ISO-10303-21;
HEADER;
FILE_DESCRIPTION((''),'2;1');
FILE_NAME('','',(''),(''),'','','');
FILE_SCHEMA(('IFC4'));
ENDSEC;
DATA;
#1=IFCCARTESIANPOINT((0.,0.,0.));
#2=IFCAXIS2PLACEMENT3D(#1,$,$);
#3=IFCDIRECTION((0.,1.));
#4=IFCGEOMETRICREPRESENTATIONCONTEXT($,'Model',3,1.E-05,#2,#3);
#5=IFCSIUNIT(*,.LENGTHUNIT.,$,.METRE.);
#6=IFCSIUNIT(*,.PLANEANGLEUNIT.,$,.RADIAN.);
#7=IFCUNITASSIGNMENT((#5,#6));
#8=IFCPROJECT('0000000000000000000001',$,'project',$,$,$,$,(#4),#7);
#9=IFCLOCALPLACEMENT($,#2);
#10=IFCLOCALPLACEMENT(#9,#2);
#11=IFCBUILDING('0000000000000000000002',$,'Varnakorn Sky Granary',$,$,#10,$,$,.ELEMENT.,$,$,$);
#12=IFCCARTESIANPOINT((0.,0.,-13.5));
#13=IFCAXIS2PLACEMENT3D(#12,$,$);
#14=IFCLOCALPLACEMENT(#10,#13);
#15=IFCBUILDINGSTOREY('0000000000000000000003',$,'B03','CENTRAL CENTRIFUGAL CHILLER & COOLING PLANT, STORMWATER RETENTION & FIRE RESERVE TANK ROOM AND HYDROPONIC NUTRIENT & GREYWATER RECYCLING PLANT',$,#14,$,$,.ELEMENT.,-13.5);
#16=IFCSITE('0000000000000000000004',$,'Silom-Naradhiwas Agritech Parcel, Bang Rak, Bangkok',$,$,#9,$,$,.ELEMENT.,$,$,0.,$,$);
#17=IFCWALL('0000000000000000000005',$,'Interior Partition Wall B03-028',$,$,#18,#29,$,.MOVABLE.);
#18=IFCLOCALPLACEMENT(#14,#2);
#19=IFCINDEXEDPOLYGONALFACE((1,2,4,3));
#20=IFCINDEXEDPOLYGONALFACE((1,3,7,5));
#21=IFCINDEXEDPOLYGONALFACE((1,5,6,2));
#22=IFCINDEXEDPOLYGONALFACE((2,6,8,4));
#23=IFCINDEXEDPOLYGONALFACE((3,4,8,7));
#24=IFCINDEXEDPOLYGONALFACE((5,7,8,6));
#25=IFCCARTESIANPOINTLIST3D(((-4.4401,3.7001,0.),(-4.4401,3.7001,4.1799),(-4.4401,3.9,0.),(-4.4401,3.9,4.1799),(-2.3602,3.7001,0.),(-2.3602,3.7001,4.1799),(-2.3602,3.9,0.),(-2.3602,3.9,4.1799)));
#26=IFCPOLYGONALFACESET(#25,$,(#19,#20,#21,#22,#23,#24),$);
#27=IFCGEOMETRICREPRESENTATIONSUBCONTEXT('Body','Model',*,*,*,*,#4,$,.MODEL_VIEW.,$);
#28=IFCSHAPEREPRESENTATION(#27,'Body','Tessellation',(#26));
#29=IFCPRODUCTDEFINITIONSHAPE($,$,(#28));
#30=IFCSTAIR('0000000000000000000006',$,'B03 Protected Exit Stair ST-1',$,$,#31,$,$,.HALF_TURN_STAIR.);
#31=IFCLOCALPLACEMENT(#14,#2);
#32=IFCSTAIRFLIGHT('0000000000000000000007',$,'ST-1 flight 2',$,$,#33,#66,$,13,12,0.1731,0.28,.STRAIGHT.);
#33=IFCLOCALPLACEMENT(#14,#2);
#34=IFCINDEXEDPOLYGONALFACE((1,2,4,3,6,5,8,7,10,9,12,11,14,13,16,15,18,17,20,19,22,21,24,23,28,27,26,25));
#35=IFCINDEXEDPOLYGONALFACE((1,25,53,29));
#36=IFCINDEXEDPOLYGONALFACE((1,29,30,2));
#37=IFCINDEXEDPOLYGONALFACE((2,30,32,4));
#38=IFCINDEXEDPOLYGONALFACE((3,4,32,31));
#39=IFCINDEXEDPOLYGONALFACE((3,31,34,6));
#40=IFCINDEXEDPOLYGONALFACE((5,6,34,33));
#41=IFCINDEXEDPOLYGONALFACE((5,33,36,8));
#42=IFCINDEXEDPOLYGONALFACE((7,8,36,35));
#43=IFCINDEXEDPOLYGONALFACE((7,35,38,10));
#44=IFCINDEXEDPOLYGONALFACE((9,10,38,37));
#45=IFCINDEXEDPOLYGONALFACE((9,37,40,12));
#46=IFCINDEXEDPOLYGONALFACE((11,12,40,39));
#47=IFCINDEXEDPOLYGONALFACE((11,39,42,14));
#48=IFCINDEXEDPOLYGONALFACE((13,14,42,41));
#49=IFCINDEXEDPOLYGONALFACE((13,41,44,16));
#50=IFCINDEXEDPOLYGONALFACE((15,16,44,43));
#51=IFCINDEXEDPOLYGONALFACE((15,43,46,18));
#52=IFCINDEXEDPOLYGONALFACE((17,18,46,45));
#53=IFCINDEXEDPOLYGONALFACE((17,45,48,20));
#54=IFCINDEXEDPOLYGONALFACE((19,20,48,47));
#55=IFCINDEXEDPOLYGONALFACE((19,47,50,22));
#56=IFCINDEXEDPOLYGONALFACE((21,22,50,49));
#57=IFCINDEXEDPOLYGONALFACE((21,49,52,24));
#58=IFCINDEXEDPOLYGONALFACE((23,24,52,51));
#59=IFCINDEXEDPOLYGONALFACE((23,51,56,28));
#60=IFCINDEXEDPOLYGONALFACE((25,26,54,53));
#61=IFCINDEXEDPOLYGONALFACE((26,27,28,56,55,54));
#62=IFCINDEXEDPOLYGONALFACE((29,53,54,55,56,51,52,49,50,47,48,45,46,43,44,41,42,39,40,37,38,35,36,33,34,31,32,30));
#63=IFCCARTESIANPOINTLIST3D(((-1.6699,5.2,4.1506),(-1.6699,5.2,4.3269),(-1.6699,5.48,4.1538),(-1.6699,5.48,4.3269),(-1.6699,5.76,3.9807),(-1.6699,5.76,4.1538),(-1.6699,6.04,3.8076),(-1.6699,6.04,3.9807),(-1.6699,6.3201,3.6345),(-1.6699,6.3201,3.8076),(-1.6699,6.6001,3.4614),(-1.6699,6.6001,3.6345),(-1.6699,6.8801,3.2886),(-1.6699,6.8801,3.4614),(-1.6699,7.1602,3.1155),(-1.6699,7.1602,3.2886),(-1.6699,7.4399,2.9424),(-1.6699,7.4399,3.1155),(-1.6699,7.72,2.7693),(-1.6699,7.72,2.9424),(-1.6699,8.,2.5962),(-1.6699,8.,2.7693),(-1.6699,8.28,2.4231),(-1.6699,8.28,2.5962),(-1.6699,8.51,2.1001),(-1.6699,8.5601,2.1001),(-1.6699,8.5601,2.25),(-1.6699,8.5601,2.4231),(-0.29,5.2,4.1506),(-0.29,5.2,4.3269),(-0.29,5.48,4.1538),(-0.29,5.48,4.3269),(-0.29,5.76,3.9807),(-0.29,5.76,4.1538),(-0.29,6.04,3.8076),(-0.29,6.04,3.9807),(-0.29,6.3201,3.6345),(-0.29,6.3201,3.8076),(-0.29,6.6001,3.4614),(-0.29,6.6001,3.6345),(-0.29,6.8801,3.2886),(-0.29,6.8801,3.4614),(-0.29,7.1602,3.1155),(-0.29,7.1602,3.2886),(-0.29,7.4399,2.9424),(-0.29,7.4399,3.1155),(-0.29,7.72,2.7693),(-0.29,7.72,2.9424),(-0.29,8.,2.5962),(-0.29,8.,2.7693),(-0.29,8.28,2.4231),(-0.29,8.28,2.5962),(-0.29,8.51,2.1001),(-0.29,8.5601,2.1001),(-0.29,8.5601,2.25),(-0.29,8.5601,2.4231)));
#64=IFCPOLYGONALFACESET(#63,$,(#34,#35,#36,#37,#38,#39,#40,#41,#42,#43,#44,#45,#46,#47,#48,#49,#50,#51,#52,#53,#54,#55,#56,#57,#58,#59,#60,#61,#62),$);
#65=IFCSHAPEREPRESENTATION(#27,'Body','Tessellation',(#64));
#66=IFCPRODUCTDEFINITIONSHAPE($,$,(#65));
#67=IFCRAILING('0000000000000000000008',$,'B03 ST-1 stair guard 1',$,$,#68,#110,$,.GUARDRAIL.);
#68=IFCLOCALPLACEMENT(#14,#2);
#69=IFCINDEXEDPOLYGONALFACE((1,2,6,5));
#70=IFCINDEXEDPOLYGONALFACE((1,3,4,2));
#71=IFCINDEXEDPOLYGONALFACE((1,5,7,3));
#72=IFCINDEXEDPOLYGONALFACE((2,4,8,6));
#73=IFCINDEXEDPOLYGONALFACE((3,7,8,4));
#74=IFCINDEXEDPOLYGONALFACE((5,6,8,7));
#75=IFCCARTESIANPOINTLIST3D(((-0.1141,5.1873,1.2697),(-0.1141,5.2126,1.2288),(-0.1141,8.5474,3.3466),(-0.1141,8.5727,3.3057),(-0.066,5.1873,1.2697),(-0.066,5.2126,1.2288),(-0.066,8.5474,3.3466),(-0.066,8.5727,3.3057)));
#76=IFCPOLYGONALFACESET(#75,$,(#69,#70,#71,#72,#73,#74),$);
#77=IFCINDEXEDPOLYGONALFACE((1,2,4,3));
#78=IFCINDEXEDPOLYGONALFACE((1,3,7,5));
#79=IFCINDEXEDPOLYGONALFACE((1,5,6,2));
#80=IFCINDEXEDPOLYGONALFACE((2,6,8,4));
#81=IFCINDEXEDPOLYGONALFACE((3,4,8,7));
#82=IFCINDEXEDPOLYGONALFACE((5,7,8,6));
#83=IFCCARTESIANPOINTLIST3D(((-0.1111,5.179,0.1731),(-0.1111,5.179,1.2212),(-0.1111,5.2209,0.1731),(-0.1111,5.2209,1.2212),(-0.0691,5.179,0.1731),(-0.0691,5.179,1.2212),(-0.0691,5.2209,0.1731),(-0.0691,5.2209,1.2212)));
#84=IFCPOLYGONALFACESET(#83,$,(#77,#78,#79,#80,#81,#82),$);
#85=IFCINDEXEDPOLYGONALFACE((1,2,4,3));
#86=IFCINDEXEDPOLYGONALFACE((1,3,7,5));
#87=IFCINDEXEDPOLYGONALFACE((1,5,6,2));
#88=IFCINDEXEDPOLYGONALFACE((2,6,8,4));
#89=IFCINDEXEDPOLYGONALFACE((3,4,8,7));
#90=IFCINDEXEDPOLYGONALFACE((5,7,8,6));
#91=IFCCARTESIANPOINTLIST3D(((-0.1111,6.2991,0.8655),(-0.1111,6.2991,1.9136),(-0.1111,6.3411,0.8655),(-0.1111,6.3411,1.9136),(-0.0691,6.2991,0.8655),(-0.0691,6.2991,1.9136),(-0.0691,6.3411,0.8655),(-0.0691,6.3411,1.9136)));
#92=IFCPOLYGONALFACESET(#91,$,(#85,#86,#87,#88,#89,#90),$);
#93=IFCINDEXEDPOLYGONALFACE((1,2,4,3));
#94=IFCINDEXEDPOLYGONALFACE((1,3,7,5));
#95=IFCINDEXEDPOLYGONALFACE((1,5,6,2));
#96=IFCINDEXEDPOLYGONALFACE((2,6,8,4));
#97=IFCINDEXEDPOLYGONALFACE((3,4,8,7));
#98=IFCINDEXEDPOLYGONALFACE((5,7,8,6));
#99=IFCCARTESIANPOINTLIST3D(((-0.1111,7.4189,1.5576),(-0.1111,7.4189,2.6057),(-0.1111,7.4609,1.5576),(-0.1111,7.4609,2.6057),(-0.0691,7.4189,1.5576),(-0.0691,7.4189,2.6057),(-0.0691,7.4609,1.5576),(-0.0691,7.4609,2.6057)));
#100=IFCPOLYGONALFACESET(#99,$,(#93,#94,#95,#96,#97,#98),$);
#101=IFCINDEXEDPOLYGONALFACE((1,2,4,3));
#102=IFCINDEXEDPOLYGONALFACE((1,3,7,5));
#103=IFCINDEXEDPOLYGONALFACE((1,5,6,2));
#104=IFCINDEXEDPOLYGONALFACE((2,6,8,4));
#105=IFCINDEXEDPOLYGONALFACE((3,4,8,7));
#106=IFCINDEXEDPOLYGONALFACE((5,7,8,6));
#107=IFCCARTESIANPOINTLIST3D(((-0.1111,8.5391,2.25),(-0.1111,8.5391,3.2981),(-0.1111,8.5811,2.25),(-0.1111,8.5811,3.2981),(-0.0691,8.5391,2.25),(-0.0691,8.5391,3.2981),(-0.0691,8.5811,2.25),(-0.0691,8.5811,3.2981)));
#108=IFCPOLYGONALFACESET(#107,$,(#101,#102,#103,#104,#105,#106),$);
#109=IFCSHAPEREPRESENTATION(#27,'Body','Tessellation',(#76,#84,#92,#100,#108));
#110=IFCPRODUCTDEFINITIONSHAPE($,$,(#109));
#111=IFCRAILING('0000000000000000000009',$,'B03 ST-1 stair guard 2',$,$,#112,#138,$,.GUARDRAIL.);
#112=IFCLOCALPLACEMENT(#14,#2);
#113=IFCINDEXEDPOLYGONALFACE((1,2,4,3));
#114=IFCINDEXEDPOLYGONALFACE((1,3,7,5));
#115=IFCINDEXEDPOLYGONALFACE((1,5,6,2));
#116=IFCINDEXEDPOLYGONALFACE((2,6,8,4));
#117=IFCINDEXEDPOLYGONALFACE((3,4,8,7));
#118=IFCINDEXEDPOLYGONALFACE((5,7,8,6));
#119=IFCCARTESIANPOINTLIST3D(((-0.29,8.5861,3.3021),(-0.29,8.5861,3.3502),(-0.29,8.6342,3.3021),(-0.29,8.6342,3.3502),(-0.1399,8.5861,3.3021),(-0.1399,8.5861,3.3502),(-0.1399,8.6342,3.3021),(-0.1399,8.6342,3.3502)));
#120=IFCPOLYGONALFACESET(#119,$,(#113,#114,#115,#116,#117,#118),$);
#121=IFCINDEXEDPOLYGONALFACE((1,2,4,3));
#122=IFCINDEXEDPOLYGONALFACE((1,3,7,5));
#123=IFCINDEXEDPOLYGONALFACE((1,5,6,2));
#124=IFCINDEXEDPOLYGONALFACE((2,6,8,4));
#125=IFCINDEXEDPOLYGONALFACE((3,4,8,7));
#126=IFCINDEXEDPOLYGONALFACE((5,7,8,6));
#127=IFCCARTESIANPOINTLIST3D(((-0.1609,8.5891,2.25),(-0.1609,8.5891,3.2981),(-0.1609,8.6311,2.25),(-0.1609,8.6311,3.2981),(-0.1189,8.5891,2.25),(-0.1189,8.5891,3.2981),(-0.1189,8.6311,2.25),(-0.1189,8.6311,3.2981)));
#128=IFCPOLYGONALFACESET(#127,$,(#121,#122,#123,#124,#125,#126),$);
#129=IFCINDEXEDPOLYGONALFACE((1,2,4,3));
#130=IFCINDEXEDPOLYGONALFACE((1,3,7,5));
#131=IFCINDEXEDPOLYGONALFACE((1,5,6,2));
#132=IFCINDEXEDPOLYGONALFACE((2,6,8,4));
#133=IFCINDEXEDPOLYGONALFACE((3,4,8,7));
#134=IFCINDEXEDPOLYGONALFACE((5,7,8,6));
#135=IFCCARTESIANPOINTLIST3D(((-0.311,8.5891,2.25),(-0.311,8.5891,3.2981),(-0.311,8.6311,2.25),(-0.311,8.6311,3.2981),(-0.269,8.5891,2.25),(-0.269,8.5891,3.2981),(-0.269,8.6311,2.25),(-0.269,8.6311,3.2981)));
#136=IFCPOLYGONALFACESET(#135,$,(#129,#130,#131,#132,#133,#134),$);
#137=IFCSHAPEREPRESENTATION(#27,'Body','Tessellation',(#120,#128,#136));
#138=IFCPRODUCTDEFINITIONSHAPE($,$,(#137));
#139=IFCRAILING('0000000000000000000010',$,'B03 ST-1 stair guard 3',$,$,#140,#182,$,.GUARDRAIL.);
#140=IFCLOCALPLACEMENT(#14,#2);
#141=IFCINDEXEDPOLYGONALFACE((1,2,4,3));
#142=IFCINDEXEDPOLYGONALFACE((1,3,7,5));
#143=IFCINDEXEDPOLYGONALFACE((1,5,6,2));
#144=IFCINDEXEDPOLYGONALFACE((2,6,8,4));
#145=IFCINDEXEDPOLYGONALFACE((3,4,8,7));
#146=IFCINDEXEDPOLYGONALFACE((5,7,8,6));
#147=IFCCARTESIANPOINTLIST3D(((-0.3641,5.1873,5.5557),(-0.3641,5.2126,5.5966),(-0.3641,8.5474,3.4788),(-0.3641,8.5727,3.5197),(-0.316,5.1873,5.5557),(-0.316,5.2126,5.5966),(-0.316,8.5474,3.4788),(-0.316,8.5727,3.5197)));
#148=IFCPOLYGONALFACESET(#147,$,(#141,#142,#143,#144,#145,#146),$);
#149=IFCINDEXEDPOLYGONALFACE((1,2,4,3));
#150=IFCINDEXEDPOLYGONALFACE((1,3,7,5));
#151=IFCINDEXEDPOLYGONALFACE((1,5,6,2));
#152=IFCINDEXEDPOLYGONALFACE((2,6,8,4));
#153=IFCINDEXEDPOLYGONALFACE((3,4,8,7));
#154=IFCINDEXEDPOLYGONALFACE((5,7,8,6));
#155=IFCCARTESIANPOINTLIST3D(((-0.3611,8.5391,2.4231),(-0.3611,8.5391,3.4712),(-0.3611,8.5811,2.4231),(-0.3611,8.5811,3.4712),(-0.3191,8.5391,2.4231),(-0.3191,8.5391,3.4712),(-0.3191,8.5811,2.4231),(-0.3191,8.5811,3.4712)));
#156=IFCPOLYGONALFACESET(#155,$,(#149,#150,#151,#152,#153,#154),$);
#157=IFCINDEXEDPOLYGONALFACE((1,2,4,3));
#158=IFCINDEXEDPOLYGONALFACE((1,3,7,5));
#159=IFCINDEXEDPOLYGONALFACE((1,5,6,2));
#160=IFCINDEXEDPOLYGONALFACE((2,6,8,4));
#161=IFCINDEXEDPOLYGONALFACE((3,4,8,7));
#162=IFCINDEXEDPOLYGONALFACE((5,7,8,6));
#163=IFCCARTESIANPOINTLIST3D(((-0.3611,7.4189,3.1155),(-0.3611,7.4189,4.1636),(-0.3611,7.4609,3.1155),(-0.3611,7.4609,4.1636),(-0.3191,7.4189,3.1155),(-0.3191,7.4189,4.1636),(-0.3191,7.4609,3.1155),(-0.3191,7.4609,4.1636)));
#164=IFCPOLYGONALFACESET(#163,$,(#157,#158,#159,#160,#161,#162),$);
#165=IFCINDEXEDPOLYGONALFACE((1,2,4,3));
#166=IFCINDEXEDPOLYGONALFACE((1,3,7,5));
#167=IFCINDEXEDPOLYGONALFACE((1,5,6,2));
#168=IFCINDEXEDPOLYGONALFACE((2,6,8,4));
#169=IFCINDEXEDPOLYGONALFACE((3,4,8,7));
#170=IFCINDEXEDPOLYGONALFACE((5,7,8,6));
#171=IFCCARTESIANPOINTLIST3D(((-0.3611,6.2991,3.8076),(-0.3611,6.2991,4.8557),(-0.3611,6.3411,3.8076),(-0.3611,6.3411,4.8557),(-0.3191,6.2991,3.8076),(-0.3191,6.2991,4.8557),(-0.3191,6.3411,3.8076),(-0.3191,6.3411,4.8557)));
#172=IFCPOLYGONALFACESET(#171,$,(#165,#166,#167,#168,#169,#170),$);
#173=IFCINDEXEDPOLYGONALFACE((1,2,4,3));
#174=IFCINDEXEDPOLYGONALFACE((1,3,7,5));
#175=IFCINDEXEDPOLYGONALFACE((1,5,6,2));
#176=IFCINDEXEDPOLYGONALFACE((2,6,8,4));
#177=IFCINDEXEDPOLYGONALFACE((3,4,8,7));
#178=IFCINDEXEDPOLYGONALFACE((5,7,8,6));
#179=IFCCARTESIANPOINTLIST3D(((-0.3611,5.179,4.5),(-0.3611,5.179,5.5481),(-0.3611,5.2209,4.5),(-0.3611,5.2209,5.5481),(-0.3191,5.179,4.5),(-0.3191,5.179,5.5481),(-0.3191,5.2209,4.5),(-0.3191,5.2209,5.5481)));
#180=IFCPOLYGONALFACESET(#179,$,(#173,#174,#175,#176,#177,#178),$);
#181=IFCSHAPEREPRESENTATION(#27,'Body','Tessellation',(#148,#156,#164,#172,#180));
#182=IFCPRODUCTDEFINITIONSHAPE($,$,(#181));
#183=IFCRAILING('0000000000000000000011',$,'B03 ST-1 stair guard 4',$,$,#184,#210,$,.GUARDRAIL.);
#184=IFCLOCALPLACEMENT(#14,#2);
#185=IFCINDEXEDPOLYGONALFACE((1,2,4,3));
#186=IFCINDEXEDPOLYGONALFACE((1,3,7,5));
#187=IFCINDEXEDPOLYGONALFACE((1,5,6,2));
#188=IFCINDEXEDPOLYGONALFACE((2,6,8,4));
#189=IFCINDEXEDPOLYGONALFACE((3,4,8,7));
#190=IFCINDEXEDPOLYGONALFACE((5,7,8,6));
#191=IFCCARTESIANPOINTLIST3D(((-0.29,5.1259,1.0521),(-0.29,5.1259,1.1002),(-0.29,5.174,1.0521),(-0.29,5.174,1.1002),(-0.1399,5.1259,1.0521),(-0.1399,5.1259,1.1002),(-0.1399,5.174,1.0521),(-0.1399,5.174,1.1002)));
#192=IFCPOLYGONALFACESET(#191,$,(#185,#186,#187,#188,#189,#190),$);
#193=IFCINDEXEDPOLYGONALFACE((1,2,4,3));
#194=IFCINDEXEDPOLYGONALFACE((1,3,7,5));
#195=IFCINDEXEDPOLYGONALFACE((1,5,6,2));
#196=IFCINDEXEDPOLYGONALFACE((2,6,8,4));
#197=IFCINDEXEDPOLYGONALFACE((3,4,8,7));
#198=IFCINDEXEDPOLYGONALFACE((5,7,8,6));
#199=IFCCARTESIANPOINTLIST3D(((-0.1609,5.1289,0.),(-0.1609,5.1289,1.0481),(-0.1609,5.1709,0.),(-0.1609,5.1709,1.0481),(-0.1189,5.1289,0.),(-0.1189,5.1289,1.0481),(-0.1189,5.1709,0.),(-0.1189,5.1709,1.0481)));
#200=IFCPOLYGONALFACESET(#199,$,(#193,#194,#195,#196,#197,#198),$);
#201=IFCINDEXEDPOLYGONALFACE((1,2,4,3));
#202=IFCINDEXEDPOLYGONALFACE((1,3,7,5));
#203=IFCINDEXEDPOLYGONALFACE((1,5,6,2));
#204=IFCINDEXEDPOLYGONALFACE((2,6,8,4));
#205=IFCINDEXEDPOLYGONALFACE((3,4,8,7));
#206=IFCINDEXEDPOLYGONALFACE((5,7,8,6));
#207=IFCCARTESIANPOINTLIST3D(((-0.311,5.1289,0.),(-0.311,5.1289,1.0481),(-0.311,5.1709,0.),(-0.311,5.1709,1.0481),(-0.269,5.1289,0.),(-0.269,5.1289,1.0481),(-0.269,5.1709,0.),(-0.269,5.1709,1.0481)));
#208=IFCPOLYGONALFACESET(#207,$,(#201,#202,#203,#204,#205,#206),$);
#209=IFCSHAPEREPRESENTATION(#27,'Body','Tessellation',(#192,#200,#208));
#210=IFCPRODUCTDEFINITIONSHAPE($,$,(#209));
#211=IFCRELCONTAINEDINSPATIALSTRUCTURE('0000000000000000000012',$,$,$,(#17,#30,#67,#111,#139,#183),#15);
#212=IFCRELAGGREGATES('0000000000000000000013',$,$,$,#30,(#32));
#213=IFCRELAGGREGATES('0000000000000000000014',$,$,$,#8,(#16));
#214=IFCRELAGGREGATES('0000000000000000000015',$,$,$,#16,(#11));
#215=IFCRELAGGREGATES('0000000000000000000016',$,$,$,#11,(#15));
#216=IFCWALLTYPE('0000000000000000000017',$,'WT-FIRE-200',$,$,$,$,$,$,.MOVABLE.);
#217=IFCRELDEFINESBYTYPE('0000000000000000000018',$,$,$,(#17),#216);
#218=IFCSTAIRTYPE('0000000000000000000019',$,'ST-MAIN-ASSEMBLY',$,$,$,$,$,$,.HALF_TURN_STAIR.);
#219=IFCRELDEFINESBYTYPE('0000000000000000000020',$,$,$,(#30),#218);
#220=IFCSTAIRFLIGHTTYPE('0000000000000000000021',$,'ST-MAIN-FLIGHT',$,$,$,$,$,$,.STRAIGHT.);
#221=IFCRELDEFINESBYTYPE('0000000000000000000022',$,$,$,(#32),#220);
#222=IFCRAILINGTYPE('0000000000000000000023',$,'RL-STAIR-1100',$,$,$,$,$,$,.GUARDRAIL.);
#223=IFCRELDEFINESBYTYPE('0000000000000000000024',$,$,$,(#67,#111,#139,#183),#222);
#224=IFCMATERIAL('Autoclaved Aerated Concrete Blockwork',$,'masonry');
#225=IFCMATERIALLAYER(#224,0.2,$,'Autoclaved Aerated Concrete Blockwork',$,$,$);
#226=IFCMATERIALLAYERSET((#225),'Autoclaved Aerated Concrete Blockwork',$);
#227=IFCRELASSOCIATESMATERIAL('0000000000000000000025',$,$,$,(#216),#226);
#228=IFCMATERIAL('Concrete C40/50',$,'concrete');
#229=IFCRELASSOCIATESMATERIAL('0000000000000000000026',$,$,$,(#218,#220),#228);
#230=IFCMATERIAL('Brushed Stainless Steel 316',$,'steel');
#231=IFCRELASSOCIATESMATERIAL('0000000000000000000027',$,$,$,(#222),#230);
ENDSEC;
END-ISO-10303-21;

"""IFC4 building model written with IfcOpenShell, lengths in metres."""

from ifc_helpers import new_model, si_unit, direction, frame, frame_2d, origin, origin_2d, place, context, subcontext, project, spatial, polyline, rectangle, outline, extrude, material, layer, layer_set, type_object, element, aggregate, save


model = new_model("IFC4")

# Units and contexts
model_context = context("Model", 3, precision=1e-05, world=origin(), true_north=direction((0.0, 1.0)))
body_context = subcontext(model_context, "Body", "Model", "MODEL_VIEW")
ifc_project = project(units=[si_unit("LENGTHUNIT", "METRE"), si_unit("PLANEANGLEUNIT", "RADIAN")], contexts=[model_context])

# Site, building, storey
site_placement = place(None, origin())
site = spatial("IfcSite", under=ifc_project, at=site_placement, Name="Silom-Naradhiwas Agritech Parcel, Bang Rak, Bangkok", CompositionType="ELEMENT", RefElevation=0.0)
building_placement = place(site_placement, origin())
building = spatial("IfcBuilding", under=site, at=building_placement, Name="Varnakorn Sky Granary", CompositionType="ELEMENT")
storey_placement = place(building_placement, frame((0.0, 0.0, -13.5)))
storey = spatial("IfcBuildingStorey", under=building, at=storey_placement, Name="B03", Description="CENTRAL CENTRIFUGAL CHILLER & COOLING PLANT, STORMWATER RETENTION & FIRE RESERVE TANK ROOM AND HYDROPONIC NUTRIENT & GREYWATER RECYCLING PLANT", CompositionType="ELEMENT", Elevation=-13.5)

# Shared definitions
ifc_material_1 = material(Name="Autoclaved Aerated Concrete Blockwork", Category="masonry")
ifc_layer_1 = layer(ifc_material_1, 0.2, Name="Autoclaved Aerated Concrete Blockwork")
ifc_layer_set_1 = layer_set([ifc_layer_1], Name="Autoclaved Aerated Concrete Blockwork")
wall_type_1 = type_object("IfcWallType", Name="WT-FIRE-200", PredefinedType="MOVABLE", material=ifc_layer_set_1)

# Wall
wall_1_placement = place(storey_placement, frame((-2.3601, 3.8, 0.0), z_axis=(0.0, 0.0, 1.0), x_axis=(-1.0, 0.0, 0.0)))
element("IfcWall", 1, at=wall_1_placement, inside=storey, type_object=wall_type_1, Name="Interior Partition Wall B03-028", PredefinedType="MOVABLE", context=body_context, shape_type="SweptSolid", body=[
    extrude(rectangle(XDim=2.0798, YDim=0.2, at=frame_2d((1.04, 0.0))), origin(), (0.0, 0.0, 1.0), 4.1799),
])

# Stair, stair flight
ifc_material_2 = material(Name="Concrete C40/50", Category="concrete")
stair_type = type_object("IfcStairType", Name="ST-MAIN-ASSEMBLY", PredefinedType="HALF_TURN_STAIR", material=ifc_material_2)
stair_placement = place(storey_placement, origin())
stair = element("IfcStair", 2, at=stair_placement, inside=storey, type_object=stair_type, Name="B03 Protected Exit Stair ST-1", PredefinedType="HALF_TURN_STAIR")
stair_flight_type = type_object("IfcStairFlightType", Name="ST-MAIN-FLIGHT", PredefinedType="STRAIGHT", material=ifc_material_2)
stair_flight_placement = place(storey_placement, frame((-0.98, 8.5601, 2.25), z_axis=(0.0, 0.0, 1.0), x_axis=(0.0, -1.0, 0.0)))
stair_flight = element("IfcStairFlight", 3, at=stair_flight_placement, type_object=stair_flight_type, Name="ST-1 flight 2", NumberOfRisers=13, NumberOfTreads=12, PredefinedType="STRAIGHT", RiserHeight=0.1731, TreadLength=0.28, context=body_context, shape_type="SweptSolid", body=[
    extrude(outline(polyline([(0.0, -0.1499), (0.0, 0.0), (0.0, 0.1731), (0.28, 0.1731), (0.28, 0.3462), (0.5601, 0.3462), (0.5601, 0.5193), (0.8401, 0.5193), (0.8401, 0.6924), (1.1201, 0.6924), (1.1201, 0.8655), (1.3999, 0.8655), (1.3999, 1.0386), (1.6799, 1.0386), (1.6799, 1.2114), (1.96, 1.2114), (1.96, 1.3845), (2.24, 1.3845), (2.24, 1.5576), (2.52, 1.5576), (2.52, 1.7307), (2.8, 1.7307), (2.8, 1.9038), (3.0801, 1.9038), (3.0801, 2.0769), (3.3601, 2.0769), (3.3601, 2.25), (3.3601, 1.9006), (0.05, -0.1499), (0.0, -0.1499)])), frame((0.0, 0.6899, 0.0), z_axis=(0.0, -1.0, 0.0), x_axis=(1.0, 0.0, 0.0)), (0.0, 0.0, 1.0), 1.3799),
])
aggregate(stair, [stair_flight])

# Railings
ifc_material_3 = material(Name="Brushed Stainless Steel 316", Category="steel")
railing_type_1 = type_object("IfcRailingType", Name="RL-STAIR-1100", PredefinedType="GUARDRAIL", material=ifc_material_3)
railing_1_placement = place(storey_placement, frame((-0.0901, 5.2, 0.1731)))
element("IfcRailing", 4, at=railing_1_placement, inside=storey, type_object=railing_type_1, Name="B03 ST-1 stair guard 1", PredefinedType="GUARDRAIL", context=body_context, shape_type="SweptSolid", body=[
    extrude(rectangle(XDim=0.0481, YDim=0.0481, at=origin_2d()), frame((0.0, 0.0, 1.0762), z_axis=(0.0, 0.850623, 0.525776), x_axis=(-1.0, 0.0, 0.0)), (0.0, 0.0, 1.0), 3.9502),
    extrude(rectangle(XDim=0.042, YDim=0.042, at=origin_2d()), origin(), (0.0, 0.0, 1.0), 1.0481),
    extrude(rectangle(XDim=0.042, YDim=0.042, at=origin_2d()), frame((0.0, 1.1201, 0.6924)), (0.0, 0.0, 1.0), 1.0481),
    extrude(rectangle(XDim=0.042, YDim=0.042, at=origin_2d()), frame((0.0, 2.24, 1.3845)), (0.0, 0.0, 1.0), 1.0481),
    extrude(rectangle(XDim=0.042, YDim=0.042, at=origin_2d()), frame((0.0, 3.3601, 2.0769)), (0.0, 0.0, 1.0), 1.0481),
])
railing_2_placement = place(storey_placement, frame((-0.1399, 8.6101, 2.25)))
element("IfcRailing", 5, at=railing_2_placement, inside=storey, type_object=railing_type_1, Name="B03 ST-1 stair guard 2", PredefinedType="GUARDRAIL", context=body_context, shape_type="SweptSolid", body=[
    extrude(rectangle(XDim=0.0481, YDim=0.0481, at=origin_2d()), frame((0.0, 0.0, 1.0762), z_axis=(-1.0, 0.0, 0.0), x_axis=(0.0, -1.0, 0.0)), (0.0, 0.0, 1.0), 0.1501),
    extrude(rectangle(XDim=0.042, YDim=0.042, at=origin_2d()), origin(), (0.0, 0.0, 1.0), 1.0481),
    extrude(rectangle(XDim=0.042, YDim=0.042, at=origin_2d()), frame((-0.1501, 0.0, 0.0)), (0.0, 0.0, 1.0), 1.0481),
])
railing_3_placement = place(storey_placement, frame((-0.3401, 8.5601, 2.4231)))
element("IfcRailing", 6, at=railing_3_placement, inside=storey, type_object=railing_type_1, Name="B03 ST-1 stair guard 3", PredefinedType="GUARDRAIL", context=body_context, shape_type="SweptSolid", body=[
    extrude(rectangle(XDim=0.0481, YDim=0.0481, at=origin_2d()), frame((0.0, 0.0, 1.0762), z_axis=(0.0, -0.850623, 0.525776), x_axis=(1.0, 0.0, 0.0)), (0.0, 0.0, 1.0), 3.9502),
    extrude(rectangle(XDim=0.042, YDim=0.042, at=origin_2d()), origin(), (0.0, 0.0, 1.0), 1.0481),
    extrude(rectangle(XDim=0.042, YDim=0.042, at=origin_2d()), frame((0.0, -1.1201, 0.6924)), (0.0, 0.0, 1.0), 1.0481),
    extrude(rectangle(XDim=0.042, YDim=0.042, at=origin_2d()), frame((0.0, -2.24, 1.3845)), (0.0, 0.0, 1.0), 1.0481),
    extrude(rectangle(XDim=0.042, YDim=0.042, at=origin_2d()), frame((0.0, -3.3601, 2.0769)), (0.0, 0.0, 1.0), 1.0481),
])
railing_4_placement = place(storey_placement, frame((-0.1399, 5.1499, 0.0)))
element("IfcRailing", 7, at=railing_4_placement, inside=storey, type_object=railing_type_1, Name="B03 ST-1 stair guard 4", PredefinedType="GUARDRAIL", context=body_context, shape_type="SweptSolid", body=[
    extrude(rectangle(XDim=0.0481, YDim=0.0481, at=origin_2d()), frame((0.0, 0.0, 1.0762), z_axis=(-1.0, 0.0, 0.0), x_axis=(0.0, -1.0, 0.0)), (0.0, 0.0, 1.0), 0.1501),
    extrude(rectangle(XDim=0.042, YDim=0.042, at=origin_2d()), origin(), (0.0, 0.0, 1.0), 1.0481),
    extrude(rectangle(XDim=0.042, YDim=0.042, at=origin_2d()), frame((-0.1501, 0.0, 0.0)), (0.0, 0.0, 1.0), 1.0481),
])

save(model, "model.ifc")
